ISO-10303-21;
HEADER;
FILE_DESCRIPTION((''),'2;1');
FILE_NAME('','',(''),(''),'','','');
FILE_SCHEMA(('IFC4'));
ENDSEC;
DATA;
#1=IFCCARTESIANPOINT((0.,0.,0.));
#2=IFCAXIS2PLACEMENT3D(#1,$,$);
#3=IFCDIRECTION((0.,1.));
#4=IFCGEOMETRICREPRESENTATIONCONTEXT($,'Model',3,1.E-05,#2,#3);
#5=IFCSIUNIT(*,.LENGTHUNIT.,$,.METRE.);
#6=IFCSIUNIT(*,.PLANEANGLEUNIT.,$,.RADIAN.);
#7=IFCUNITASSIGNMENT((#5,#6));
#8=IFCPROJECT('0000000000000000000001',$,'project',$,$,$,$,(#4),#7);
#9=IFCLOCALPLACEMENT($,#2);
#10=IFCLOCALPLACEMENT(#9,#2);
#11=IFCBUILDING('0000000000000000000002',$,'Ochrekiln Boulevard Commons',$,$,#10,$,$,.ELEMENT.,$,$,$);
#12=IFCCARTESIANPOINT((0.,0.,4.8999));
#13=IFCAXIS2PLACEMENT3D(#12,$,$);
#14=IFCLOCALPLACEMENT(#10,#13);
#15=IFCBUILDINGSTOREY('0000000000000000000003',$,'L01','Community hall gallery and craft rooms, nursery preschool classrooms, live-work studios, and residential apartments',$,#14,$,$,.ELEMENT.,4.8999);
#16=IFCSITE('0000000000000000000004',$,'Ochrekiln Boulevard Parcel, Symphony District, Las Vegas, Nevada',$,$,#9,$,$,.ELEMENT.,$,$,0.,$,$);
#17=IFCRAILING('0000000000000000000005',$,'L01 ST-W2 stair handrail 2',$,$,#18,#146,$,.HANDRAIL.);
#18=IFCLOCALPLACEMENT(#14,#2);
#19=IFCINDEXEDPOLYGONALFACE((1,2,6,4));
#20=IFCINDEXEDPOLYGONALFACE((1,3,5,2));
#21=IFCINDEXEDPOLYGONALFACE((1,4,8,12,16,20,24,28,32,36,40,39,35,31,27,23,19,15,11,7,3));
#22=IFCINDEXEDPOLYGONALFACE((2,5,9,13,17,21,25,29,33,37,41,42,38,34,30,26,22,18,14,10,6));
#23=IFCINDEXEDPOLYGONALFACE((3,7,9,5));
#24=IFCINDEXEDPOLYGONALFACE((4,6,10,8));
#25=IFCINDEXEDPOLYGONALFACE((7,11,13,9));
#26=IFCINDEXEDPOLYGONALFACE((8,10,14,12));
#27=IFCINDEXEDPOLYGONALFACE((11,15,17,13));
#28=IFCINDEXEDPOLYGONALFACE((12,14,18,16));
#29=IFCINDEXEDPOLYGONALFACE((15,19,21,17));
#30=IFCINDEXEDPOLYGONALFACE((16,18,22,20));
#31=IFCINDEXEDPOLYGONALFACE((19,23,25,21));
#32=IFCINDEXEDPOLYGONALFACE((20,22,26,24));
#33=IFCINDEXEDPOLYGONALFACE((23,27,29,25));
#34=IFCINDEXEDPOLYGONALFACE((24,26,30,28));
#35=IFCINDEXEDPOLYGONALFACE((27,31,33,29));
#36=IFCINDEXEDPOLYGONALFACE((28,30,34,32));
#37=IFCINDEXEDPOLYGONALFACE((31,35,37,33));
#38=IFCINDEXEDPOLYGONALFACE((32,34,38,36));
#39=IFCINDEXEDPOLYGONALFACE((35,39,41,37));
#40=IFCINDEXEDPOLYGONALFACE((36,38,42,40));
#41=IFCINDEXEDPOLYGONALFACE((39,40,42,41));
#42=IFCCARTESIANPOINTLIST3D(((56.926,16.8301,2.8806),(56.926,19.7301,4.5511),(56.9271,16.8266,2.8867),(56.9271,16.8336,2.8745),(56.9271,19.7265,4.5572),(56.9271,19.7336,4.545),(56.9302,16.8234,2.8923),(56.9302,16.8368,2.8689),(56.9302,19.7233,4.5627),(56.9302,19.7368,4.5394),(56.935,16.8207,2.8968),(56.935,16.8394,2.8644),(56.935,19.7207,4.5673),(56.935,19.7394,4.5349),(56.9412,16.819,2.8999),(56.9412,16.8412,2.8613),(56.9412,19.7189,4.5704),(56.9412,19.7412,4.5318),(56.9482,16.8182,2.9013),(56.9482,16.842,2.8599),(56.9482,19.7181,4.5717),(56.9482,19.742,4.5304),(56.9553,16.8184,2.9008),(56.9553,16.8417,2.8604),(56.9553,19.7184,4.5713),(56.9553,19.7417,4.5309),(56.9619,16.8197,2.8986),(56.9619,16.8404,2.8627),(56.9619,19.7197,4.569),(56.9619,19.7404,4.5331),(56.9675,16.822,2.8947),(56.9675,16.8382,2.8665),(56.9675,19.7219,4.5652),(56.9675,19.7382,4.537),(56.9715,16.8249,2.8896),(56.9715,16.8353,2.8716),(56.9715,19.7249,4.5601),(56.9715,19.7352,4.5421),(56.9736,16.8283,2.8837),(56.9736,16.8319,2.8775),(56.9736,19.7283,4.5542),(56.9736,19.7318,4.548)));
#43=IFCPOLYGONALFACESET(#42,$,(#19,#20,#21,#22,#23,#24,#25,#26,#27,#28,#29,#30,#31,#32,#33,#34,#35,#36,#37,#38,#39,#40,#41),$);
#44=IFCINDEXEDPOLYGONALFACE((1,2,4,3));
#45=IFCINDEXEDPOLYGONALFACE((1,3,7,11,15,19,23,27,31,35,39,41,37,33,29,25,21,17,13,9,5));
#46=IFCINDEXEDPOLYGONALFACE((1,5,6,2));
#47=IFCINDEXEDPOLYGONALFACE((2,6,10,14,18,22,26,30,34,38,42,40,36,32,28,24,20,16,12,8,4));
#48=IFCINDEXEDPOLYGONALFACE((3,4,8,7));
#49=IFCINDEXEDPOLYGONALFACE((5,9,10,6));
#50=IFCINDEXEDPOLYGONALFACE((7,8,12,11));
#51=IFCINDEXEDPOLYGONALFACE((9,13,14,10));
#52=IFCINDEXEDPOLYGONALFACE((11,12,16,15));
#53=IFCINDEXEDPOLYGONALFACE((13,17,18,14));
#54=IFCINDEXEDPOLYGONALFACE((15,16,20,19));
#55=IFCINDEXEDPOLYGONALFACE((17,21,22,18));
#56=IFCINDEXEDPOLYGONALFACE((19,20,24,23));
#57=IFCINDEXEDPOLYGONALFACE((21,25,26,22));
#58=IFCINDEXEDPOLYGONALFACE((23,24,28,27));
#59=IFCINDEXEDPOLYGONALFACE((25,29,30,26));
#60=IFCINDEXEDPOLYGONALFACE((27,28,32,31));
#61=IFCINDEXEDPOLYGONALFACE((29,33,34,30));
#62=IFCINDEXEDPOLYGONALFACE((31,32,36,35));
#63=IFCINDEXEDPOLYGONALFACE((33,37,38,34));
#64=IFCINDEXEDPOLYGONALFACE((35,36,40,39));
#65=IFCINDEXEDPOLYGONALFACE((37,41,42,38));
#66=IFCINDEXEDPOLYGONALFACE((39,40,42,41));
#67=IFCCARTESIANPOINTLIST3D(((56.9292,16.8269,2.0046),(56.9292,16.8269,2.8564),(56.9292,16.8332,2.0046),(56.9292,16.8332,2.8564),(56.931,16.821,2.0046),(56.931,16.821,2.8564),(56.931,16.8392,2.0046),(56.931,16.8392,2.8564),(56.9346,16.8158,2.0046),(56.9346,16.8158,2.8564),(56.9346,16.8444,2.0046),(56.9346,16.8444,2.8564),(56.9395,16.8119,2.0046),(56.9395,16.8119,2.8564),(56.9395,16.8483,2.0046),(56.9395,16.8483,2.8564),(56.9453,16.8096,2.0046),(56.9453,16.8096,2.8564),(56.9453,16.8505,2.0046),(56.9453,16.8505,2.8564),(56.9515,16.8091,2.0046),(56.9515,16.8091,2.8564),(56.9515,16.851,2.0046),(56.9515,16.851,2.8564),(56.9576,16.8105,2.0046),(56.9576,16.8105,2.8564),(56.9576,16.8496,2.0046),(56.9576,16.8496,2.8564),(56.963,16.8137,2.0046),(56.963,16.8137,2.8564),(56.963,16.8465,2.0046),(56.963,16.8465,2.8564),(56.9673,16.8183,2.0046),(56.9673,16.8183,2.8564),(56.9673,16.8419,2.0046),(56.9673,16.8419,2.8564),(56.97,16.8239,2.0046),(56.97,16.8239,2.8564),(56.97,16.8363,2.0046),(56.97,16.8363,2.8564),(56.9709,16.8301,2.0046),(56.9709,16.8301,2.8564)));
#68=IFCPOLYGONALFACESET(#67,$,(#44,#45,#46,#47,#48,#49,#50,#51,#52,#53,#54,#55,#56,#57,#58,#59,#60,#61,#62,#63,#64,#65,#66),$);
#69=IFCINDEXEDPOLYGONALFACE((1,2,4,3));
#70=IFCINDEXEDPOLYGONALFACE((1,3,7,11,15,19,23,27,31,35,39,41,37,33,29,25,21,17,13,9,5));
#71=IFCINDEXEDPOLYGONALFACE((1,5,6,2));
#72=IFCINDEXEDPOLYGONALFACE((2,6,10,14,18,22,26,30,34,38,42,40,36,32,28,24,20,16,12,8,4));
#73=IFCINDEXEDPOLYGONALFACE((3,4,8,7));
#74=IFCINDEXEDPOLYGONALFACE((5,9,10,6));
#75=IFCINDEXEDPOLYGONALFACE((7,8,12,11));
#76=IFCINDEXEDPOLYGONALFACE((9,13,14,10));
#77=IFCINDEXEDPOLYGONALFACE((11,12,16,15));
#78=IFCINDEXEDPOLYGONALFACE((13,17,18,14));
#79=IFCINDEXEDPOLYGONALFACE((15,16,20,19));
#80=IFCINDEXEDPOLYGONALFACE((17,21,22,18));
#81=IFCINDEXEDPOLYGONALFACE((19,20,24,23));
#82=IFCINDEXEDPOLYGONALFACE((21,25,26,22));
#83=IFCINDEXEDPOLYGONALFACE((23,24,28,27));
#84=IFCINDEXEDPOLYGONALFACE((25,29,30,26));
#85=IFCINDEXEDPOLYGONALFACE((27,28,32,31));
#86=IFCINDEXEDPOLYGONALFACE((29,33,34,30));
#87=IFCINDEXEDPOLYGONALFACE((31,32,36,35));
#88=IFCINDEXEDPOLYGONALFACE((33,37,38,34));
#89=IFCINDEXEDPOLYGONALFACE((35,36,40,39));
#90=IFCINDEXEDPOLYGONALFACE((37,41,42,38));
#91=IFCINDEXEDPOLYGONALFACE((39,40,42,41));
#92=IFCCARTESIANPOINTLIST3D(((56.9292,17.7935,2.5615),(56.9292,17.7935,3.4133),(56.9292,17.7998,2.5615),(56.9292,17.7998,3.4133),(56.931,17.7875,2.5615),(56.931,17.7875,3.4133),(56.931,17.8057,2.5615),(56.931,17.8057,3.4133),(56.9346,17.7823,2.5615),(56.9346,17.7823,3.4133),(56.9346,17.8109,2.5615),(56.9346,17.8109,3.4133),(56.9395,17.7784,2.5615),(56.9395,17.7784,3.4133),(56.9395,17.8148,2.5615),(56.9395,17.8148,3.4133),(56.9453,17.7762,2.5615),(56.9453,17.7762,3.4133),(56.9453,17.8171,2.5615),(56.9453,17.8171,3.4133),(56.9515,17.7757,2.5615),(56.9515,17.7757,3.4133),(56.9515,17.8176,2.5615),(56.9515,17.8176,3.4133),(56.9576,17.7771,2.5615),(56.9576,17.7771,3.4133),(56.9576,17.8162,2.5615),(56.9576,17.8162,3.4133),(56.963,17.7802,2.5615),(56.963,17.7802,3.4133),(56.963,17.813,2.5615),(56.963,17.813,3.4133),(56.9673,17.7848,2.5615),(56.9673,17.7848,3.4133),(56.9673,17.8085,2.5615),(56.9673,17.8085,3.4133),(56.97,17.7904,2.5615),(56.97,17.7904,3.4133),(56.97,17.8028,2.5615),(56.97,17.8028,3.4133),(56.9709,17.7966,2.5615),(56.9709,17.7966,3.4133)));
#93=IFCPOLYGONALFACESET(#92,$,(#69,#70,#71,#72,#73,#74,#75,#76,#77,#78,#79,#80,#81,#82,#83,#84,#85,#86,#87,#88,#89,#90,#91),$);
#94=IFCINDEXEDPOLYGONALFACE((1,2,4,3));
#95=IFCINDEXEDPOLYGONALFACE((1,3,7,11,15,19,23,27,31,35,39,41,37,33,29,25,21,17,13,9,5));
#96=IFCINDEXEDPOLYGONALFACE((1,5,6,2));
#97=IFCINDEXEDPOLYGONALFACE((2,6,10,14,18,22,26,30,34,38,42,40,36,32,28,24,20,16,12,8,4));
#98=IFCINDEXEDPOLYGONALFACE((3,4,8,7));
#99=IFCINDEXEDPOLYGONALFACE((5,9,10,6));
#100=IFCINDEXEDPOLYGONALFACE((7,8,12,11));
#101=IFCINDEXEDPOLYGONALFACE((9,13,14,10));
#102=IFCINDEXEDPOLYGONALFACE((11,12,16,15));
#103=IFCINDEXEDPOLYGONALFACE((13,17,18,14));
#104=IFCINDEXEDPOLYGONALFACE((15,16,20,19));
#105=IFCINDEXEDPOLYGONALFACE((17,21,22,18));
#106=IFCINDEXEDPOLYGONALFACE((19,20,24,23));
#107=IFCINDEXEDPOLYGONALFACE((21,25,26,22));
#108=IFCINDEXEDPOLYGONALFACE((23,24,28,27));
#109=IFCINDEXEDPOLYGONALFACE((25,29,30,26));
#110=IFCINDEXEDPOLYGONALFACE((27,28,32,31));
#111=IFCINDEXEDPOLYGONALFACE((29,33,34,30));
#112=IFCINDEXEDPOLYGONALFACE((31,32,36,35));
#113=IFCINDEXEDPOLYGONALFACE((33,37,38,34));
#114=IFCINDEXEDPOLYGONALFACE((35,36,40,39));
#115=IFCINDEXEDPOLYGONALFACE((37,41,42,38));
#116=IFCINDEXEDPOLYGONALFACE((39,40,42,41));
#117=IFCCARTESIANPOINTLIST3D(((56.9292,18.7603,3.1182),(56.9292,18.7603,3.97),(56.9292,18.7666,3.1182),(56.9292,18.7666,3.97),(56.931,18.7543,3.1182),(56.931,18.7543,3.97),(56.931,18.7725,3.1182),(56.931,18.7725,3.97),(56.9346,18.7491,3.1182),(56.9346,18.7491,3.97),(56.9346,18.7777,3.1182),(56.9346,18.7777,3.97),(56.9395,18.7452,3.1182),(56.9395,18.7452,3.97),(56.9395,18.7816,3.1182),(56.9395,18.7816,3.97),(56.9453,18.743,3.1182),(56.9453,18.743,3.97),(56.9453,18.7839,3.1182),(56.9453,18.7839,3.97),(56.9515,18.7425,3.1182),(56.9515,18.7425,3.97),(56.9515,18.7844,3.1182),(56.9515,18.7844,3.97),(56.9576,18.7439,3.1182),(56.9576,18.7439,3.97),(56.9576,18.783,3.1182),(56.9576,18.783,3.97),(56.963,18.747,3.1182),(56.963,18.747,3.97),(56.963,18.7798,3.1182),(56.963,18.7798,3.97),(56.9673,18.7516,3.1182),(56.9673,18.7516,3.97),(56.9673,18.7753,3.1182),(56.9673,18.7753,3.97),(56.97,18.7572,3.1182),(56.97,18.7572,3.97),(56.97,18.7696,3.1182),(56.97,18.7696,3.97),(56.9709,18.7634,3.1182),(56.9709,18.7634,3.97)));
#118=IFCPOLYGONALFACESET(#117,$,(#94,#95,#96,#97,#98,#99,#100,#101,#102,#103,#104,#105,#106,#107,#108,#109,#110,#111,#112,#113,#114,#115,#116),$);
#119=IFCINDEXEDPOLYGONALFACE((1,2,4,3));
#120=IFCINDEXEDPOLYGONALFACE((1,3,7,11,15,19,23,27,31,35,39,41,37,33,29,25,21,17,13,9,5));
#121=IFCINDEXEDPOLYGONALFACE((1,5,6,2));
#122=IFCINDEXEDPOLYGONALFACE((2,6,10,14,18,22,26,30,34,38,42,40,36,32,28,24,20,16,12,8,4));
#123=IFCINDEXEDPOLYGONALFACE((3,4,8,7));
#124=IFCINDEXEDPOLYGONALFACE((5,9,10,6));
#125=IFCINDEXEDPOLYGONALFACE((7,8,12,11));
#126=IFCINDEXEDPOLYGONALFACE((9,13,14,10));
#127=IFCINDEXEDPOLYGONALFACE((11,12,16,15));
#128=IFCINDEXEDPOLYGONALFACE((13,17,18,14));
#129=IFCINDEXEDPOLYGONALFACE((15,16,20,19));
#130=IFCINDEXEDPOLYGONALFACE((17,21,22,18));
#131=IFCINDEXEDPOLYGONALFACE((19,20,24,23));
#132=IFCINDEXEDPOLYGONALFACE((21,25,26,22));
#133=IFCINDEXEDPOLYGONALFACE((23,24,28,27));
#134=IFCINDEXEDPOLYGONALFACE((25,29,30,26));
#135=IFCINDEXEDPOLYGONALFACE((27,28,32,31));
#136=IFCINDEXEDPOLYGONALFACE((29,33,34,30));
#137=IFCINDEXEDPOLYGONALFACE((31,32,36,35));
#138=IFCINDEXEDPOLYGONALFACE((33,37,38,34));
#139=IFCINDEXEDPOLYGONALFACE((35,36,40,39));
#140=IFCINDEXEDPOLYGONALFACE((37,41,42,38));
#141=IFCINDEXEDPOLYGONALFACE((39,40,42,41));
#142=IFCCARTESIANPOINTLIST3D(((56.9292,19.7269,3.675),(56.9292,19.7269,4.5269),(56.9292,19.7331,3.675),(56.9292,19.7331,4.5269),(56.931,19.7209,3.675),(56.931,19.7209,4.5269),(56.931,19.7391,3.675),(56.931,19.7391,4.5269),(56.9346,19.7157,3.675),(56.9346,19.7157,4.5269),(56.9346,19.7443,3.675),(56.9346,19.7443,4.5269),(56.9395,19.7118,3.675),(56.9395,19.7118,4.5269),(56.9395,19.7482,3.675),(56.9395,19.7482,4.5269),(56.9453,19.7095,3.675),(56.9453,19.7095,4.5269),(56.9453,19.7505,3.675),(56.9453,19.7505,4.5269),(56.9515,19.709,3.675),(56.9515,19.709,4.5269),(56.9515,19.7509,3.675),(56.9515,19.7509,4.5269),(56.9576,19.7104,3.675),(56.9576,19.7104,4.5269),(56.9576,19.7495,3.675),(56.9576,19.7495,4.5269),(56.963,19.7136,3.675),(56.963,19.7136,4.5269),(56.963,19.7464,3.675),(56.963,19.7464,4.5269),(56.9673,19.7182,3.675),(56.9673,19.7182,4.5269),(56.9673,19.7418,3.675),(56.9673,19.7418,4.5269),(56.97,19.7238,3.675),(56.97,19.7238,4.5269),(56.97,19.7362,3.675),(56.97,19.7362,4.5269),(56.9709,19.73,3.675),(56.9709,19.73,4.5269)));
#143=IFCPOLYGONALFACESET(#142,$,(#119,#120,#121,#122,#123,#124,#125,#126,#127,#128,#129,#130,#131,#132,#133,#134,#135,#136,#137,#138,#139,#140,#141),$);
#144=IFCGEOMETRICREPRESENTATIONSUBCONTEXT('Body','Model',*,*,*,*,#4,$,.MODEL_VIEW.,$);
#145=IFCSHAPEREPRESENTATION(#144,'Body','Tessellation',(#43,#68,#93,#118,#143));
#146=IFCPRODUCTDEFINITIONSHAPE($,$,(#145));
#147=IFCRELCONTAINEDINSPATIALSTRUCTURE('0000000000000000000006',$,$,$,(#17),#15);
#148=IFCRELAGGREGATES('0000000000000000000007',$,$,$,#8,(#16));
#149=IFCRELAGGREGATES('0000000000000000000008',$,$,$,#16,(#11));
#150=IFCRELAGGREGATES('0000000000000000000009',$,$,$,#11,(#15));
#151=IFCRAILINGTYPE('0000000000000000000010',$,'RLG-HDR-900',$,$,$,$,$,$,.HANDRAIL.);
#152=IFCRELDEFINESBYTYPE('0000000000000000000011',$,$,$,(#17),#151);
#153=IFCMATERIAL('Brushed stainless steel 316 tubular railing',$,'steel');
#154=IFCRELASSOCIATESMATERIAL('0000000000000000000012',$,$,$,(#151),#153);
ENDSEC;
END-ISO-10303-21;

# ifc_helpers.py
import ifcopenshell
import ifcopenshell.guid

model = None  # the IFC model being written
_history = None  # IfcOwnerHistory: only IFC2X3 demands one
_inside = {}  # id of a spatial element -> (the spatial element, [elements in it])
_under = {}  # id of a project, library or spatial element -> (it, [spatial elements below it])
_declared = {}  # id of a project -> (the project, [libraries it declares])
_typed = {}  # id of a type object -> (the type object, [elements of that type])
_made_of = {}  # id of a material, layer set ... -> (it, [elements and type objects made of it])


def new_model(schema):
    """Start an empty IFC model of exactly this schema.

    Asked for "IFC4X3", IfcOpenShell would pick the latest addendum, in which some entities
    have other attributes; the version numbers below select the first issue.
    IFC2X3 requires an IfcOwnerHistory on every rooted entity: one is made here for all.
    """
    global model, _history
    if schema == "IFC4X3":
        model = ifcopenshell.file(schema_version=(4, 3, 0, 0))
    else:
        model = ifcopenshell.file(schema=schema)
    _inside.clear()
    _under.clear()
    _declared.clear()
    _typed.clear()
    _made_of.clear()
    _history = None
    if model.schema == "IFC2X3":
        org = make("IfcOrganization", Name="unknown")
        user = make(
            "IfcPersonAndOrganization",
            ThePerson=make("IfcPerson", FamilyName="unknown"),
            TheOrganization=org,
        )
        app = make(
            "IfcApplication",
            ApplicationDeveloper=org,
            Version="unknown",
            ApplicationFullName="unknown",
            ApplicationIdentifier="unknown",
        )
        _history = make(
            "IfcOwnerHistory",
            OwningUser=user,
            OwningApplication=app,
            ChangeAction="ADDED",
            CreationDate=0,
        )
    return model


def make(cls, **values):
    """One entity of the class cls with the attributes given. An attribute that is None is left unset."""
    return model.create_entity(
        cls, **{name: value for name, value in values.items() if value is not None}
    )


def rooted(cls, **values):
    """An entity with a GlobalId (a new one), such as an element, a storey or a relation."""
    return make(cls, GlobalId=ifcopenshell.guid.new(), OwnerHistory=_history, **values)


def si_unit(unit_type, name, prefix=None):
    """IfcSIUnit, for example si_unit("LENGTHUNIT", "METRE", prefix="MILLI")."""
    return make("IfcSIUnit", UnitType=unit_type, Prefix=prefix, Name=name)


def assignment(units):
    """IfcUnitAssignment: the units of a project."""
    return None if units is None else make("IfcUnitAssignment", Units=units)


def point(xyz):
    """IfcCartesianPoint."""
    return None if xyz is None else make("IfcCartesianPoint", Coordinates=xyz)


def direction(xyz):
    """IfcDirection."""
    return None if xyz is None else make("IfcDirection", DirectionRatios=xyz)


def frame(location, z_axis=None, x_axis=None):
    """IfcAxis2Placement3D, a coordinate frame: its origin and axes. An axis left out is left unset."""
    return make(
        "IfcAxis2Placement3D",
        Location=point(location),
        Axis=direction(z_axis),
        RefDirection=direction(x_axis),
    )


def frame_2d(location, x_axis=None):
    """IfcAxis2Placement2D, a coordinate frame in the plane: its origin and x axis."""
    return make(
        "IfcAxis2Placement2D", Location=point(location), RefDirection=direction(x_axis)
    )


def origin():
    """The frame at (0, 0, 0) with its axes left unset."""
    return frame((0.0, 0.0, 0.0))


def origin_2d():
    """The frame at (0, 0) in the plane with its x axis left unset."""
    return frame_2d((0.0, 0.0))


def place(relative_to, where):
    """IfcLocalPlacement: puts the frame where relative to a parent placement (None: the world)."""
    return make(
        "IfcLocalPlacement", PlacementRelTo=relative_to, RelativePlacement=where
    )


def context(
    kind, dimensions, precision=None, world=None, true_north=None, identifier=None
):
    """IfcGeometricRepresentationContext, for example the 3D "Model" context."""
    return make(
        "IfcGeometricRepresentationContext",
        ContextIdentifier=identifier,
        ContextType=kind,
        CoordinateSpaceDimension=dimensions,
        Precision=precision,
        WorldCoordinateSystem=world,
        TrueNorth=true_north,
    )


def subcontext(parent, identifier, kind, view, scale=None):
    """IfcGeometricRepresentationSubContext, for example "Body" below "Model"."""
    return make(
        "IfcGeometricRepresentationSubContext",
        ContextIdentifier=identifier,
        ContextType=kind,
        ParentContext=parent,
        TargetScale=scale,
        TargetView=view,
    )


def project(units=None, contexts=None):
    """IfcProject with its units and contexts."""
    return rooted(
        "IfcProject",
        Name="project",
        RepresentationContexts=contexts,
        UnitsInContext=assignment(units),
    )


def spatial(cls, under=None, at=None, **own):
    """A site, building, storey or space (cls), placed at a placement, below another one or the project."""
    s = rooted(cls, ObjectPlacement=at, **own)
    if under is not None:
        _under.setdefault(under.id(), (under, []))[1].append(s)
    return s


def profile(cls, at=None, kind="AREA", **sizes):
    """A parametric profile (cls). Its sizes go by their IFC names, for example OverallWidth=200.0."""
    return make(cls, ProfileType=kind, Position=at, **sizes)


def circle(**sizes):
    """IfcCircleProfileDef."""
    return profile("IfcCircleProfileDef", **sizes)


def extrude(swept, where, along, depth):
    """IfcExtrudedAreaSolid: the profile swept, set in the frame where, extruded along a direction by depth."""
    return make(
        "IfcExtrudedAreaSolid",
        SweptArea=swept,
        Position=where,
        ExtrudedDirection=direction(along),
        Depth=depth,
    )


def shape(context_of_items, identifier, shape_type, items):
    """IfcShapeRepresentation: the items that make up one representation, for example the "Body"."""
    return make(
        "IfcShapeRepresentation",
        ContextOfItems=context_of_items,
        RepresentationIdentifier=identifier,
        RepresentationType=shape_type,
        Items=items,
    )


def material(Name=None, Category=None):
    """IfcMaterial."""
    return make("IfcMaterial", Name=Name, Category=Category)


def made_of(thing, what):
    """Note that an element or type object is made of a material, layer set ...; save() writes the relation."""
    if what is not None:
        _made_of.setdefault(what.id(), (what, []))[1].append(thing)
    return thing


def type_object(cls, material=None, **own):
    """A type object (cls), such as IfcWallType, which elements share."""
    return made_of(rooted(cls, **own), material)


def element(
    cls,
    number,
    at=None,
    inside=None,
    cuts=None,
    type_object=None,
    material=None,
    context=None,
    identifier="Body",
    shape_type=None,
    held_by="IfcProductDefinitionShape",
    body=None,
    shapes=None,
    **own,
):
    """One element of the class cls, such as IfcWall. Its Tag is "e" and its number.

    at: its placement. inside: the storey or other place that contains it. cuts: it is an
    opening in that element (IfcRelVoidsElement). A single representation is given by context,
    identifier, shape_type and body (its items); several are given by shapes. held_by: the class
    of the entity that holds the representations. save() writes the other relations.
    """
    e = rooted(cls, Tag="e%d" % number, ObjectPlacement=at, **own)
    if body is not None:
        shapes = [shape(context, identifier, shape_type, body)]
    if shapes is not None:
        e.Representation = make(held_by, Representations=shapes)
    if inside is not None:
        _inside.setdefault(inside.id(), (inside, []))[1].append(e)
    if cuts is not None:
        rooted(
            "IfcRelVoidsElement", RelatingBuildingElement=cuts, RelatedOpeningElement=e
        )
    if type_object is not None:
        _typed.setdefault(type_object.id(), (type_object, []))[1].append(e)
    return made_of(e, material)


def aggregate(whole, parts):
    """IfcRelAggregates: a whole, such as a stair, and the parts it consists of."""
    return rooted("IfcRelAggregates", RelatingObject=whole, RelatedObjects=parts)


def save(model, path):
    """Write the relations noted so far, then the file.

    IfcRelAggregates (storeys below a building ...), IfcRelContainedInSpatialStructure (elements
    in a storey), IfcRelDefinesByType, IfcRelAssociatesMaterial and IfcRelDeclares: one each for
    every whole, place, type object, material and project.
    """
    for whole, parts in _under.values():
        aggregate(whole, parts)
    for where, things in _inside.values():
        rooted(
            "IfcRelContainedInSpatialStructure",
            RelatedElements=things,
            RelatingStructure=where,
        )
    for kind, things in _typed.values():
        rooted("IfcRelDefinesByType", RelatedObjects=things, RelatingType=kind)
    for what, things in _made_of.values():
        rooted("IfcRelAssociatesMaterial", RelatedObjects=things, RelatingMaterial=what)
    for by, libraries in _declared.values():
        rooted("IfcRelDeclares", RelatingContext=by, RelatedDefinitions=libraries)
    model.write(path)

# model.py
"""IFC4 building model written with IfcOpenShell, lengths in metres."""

from ifc_helpers import new_model, si_unit, direction, frame, origin, origin_2d, place, context, subcontext, project, spatial, circle, extrude, material, type_object, element, save


model = new_model("IFC4")

# Units and contexts
model_context = context("Model", 3, precision=1e-05, world=origin(), true_north=direction((0.0, 1.0)))
body_context = subcontext(model_context, "Body", "Model", "MODEL_VIEW")
ifc_project = project(units=[si_unit("LENGTHUNIT", "METRE"), si_unit("PLANEANGLEUNIT", "RADIAN")], contexts=[model_context])

# Site, building, storey
site_placement = place(None, origin())
site = spatial("IfcSite", under=ifc_project, at=site_placement, Name="Ochrekiln Boulevard Parcel, Symphony District, Las Vegas, Nevada", CompositionType="ELEMENT", RefElevation=0.0)
building_placement = place(site_placement, origin())
building = spatial("IfcBuilding", under=site, at=building_placement, Name="Ochrekiln Boulevard Commons", CompositionType="ELEMENT")
storey_placement = place(building_placement, frame((0.0, 0.0, 4.8999)))
storey = spatial("IfcBuildingStorey", under=building, at=storey_placement, Name="L01", Description="Community hall gallery and craft rooms, nursery preschool classrooms, live-work studios, and residential apartments", CompositionType="ELEMENT", Elevation=4.8999)

# Railing
ifc_material_1 = material(Name="Brushed stainless steel 316 tubular railing", Category="steel")
railing_type_1 = type_object("IfcRailingType", Name="RLG-HDR-900", PredefinedType="HANDRAIL", material=ifc_material_1)
railing_1_placement = place(storey_placement, frame((56.95, 16.8301, 2.0046)))
element("IfcRailing", 1, at=railing_1_placement, inside=storey, type_object=railing_type_1, Name="L01 ST-W2 stair handrail 2", PredefinedType="HANDRAIL", context=body_context, shape_type="SweptSolid", body=[
    extrude(circle(Radius=0.0239, at=origin_2d()), frame((0.0, 0.0, 0.876), z_axis=(0.0, 0.866523, 0.499137), x_axis=(-1.0, 0.0, 0.0)), (0.0, 0.0, 1.0), 3.3467),
    extrude(circle(Radius=0.021, at=origin_2d()), origin(), (0.0, 0.0, 1.0), 0.8518),
    extrude(circle(Radius=0.021, at=origin_2d()), frame((0.0, 0.9666, 0.5569)), (0.0, 0.0, 1.0), 0.8518),
    extrude(circle(Radius=0.021, at=origin_2d()), frame((0.0, 1.9333, 1.1135)), (0.0, 0.0, 1.0), 0.8518),
    extrude(circle(Radius=0.021, at=origin_2d()), frame((0.0, 2.8999, 1.6704)), (0.0, 0.0, 1.0), 0.8518),
])

save(model, "model.ifc")
